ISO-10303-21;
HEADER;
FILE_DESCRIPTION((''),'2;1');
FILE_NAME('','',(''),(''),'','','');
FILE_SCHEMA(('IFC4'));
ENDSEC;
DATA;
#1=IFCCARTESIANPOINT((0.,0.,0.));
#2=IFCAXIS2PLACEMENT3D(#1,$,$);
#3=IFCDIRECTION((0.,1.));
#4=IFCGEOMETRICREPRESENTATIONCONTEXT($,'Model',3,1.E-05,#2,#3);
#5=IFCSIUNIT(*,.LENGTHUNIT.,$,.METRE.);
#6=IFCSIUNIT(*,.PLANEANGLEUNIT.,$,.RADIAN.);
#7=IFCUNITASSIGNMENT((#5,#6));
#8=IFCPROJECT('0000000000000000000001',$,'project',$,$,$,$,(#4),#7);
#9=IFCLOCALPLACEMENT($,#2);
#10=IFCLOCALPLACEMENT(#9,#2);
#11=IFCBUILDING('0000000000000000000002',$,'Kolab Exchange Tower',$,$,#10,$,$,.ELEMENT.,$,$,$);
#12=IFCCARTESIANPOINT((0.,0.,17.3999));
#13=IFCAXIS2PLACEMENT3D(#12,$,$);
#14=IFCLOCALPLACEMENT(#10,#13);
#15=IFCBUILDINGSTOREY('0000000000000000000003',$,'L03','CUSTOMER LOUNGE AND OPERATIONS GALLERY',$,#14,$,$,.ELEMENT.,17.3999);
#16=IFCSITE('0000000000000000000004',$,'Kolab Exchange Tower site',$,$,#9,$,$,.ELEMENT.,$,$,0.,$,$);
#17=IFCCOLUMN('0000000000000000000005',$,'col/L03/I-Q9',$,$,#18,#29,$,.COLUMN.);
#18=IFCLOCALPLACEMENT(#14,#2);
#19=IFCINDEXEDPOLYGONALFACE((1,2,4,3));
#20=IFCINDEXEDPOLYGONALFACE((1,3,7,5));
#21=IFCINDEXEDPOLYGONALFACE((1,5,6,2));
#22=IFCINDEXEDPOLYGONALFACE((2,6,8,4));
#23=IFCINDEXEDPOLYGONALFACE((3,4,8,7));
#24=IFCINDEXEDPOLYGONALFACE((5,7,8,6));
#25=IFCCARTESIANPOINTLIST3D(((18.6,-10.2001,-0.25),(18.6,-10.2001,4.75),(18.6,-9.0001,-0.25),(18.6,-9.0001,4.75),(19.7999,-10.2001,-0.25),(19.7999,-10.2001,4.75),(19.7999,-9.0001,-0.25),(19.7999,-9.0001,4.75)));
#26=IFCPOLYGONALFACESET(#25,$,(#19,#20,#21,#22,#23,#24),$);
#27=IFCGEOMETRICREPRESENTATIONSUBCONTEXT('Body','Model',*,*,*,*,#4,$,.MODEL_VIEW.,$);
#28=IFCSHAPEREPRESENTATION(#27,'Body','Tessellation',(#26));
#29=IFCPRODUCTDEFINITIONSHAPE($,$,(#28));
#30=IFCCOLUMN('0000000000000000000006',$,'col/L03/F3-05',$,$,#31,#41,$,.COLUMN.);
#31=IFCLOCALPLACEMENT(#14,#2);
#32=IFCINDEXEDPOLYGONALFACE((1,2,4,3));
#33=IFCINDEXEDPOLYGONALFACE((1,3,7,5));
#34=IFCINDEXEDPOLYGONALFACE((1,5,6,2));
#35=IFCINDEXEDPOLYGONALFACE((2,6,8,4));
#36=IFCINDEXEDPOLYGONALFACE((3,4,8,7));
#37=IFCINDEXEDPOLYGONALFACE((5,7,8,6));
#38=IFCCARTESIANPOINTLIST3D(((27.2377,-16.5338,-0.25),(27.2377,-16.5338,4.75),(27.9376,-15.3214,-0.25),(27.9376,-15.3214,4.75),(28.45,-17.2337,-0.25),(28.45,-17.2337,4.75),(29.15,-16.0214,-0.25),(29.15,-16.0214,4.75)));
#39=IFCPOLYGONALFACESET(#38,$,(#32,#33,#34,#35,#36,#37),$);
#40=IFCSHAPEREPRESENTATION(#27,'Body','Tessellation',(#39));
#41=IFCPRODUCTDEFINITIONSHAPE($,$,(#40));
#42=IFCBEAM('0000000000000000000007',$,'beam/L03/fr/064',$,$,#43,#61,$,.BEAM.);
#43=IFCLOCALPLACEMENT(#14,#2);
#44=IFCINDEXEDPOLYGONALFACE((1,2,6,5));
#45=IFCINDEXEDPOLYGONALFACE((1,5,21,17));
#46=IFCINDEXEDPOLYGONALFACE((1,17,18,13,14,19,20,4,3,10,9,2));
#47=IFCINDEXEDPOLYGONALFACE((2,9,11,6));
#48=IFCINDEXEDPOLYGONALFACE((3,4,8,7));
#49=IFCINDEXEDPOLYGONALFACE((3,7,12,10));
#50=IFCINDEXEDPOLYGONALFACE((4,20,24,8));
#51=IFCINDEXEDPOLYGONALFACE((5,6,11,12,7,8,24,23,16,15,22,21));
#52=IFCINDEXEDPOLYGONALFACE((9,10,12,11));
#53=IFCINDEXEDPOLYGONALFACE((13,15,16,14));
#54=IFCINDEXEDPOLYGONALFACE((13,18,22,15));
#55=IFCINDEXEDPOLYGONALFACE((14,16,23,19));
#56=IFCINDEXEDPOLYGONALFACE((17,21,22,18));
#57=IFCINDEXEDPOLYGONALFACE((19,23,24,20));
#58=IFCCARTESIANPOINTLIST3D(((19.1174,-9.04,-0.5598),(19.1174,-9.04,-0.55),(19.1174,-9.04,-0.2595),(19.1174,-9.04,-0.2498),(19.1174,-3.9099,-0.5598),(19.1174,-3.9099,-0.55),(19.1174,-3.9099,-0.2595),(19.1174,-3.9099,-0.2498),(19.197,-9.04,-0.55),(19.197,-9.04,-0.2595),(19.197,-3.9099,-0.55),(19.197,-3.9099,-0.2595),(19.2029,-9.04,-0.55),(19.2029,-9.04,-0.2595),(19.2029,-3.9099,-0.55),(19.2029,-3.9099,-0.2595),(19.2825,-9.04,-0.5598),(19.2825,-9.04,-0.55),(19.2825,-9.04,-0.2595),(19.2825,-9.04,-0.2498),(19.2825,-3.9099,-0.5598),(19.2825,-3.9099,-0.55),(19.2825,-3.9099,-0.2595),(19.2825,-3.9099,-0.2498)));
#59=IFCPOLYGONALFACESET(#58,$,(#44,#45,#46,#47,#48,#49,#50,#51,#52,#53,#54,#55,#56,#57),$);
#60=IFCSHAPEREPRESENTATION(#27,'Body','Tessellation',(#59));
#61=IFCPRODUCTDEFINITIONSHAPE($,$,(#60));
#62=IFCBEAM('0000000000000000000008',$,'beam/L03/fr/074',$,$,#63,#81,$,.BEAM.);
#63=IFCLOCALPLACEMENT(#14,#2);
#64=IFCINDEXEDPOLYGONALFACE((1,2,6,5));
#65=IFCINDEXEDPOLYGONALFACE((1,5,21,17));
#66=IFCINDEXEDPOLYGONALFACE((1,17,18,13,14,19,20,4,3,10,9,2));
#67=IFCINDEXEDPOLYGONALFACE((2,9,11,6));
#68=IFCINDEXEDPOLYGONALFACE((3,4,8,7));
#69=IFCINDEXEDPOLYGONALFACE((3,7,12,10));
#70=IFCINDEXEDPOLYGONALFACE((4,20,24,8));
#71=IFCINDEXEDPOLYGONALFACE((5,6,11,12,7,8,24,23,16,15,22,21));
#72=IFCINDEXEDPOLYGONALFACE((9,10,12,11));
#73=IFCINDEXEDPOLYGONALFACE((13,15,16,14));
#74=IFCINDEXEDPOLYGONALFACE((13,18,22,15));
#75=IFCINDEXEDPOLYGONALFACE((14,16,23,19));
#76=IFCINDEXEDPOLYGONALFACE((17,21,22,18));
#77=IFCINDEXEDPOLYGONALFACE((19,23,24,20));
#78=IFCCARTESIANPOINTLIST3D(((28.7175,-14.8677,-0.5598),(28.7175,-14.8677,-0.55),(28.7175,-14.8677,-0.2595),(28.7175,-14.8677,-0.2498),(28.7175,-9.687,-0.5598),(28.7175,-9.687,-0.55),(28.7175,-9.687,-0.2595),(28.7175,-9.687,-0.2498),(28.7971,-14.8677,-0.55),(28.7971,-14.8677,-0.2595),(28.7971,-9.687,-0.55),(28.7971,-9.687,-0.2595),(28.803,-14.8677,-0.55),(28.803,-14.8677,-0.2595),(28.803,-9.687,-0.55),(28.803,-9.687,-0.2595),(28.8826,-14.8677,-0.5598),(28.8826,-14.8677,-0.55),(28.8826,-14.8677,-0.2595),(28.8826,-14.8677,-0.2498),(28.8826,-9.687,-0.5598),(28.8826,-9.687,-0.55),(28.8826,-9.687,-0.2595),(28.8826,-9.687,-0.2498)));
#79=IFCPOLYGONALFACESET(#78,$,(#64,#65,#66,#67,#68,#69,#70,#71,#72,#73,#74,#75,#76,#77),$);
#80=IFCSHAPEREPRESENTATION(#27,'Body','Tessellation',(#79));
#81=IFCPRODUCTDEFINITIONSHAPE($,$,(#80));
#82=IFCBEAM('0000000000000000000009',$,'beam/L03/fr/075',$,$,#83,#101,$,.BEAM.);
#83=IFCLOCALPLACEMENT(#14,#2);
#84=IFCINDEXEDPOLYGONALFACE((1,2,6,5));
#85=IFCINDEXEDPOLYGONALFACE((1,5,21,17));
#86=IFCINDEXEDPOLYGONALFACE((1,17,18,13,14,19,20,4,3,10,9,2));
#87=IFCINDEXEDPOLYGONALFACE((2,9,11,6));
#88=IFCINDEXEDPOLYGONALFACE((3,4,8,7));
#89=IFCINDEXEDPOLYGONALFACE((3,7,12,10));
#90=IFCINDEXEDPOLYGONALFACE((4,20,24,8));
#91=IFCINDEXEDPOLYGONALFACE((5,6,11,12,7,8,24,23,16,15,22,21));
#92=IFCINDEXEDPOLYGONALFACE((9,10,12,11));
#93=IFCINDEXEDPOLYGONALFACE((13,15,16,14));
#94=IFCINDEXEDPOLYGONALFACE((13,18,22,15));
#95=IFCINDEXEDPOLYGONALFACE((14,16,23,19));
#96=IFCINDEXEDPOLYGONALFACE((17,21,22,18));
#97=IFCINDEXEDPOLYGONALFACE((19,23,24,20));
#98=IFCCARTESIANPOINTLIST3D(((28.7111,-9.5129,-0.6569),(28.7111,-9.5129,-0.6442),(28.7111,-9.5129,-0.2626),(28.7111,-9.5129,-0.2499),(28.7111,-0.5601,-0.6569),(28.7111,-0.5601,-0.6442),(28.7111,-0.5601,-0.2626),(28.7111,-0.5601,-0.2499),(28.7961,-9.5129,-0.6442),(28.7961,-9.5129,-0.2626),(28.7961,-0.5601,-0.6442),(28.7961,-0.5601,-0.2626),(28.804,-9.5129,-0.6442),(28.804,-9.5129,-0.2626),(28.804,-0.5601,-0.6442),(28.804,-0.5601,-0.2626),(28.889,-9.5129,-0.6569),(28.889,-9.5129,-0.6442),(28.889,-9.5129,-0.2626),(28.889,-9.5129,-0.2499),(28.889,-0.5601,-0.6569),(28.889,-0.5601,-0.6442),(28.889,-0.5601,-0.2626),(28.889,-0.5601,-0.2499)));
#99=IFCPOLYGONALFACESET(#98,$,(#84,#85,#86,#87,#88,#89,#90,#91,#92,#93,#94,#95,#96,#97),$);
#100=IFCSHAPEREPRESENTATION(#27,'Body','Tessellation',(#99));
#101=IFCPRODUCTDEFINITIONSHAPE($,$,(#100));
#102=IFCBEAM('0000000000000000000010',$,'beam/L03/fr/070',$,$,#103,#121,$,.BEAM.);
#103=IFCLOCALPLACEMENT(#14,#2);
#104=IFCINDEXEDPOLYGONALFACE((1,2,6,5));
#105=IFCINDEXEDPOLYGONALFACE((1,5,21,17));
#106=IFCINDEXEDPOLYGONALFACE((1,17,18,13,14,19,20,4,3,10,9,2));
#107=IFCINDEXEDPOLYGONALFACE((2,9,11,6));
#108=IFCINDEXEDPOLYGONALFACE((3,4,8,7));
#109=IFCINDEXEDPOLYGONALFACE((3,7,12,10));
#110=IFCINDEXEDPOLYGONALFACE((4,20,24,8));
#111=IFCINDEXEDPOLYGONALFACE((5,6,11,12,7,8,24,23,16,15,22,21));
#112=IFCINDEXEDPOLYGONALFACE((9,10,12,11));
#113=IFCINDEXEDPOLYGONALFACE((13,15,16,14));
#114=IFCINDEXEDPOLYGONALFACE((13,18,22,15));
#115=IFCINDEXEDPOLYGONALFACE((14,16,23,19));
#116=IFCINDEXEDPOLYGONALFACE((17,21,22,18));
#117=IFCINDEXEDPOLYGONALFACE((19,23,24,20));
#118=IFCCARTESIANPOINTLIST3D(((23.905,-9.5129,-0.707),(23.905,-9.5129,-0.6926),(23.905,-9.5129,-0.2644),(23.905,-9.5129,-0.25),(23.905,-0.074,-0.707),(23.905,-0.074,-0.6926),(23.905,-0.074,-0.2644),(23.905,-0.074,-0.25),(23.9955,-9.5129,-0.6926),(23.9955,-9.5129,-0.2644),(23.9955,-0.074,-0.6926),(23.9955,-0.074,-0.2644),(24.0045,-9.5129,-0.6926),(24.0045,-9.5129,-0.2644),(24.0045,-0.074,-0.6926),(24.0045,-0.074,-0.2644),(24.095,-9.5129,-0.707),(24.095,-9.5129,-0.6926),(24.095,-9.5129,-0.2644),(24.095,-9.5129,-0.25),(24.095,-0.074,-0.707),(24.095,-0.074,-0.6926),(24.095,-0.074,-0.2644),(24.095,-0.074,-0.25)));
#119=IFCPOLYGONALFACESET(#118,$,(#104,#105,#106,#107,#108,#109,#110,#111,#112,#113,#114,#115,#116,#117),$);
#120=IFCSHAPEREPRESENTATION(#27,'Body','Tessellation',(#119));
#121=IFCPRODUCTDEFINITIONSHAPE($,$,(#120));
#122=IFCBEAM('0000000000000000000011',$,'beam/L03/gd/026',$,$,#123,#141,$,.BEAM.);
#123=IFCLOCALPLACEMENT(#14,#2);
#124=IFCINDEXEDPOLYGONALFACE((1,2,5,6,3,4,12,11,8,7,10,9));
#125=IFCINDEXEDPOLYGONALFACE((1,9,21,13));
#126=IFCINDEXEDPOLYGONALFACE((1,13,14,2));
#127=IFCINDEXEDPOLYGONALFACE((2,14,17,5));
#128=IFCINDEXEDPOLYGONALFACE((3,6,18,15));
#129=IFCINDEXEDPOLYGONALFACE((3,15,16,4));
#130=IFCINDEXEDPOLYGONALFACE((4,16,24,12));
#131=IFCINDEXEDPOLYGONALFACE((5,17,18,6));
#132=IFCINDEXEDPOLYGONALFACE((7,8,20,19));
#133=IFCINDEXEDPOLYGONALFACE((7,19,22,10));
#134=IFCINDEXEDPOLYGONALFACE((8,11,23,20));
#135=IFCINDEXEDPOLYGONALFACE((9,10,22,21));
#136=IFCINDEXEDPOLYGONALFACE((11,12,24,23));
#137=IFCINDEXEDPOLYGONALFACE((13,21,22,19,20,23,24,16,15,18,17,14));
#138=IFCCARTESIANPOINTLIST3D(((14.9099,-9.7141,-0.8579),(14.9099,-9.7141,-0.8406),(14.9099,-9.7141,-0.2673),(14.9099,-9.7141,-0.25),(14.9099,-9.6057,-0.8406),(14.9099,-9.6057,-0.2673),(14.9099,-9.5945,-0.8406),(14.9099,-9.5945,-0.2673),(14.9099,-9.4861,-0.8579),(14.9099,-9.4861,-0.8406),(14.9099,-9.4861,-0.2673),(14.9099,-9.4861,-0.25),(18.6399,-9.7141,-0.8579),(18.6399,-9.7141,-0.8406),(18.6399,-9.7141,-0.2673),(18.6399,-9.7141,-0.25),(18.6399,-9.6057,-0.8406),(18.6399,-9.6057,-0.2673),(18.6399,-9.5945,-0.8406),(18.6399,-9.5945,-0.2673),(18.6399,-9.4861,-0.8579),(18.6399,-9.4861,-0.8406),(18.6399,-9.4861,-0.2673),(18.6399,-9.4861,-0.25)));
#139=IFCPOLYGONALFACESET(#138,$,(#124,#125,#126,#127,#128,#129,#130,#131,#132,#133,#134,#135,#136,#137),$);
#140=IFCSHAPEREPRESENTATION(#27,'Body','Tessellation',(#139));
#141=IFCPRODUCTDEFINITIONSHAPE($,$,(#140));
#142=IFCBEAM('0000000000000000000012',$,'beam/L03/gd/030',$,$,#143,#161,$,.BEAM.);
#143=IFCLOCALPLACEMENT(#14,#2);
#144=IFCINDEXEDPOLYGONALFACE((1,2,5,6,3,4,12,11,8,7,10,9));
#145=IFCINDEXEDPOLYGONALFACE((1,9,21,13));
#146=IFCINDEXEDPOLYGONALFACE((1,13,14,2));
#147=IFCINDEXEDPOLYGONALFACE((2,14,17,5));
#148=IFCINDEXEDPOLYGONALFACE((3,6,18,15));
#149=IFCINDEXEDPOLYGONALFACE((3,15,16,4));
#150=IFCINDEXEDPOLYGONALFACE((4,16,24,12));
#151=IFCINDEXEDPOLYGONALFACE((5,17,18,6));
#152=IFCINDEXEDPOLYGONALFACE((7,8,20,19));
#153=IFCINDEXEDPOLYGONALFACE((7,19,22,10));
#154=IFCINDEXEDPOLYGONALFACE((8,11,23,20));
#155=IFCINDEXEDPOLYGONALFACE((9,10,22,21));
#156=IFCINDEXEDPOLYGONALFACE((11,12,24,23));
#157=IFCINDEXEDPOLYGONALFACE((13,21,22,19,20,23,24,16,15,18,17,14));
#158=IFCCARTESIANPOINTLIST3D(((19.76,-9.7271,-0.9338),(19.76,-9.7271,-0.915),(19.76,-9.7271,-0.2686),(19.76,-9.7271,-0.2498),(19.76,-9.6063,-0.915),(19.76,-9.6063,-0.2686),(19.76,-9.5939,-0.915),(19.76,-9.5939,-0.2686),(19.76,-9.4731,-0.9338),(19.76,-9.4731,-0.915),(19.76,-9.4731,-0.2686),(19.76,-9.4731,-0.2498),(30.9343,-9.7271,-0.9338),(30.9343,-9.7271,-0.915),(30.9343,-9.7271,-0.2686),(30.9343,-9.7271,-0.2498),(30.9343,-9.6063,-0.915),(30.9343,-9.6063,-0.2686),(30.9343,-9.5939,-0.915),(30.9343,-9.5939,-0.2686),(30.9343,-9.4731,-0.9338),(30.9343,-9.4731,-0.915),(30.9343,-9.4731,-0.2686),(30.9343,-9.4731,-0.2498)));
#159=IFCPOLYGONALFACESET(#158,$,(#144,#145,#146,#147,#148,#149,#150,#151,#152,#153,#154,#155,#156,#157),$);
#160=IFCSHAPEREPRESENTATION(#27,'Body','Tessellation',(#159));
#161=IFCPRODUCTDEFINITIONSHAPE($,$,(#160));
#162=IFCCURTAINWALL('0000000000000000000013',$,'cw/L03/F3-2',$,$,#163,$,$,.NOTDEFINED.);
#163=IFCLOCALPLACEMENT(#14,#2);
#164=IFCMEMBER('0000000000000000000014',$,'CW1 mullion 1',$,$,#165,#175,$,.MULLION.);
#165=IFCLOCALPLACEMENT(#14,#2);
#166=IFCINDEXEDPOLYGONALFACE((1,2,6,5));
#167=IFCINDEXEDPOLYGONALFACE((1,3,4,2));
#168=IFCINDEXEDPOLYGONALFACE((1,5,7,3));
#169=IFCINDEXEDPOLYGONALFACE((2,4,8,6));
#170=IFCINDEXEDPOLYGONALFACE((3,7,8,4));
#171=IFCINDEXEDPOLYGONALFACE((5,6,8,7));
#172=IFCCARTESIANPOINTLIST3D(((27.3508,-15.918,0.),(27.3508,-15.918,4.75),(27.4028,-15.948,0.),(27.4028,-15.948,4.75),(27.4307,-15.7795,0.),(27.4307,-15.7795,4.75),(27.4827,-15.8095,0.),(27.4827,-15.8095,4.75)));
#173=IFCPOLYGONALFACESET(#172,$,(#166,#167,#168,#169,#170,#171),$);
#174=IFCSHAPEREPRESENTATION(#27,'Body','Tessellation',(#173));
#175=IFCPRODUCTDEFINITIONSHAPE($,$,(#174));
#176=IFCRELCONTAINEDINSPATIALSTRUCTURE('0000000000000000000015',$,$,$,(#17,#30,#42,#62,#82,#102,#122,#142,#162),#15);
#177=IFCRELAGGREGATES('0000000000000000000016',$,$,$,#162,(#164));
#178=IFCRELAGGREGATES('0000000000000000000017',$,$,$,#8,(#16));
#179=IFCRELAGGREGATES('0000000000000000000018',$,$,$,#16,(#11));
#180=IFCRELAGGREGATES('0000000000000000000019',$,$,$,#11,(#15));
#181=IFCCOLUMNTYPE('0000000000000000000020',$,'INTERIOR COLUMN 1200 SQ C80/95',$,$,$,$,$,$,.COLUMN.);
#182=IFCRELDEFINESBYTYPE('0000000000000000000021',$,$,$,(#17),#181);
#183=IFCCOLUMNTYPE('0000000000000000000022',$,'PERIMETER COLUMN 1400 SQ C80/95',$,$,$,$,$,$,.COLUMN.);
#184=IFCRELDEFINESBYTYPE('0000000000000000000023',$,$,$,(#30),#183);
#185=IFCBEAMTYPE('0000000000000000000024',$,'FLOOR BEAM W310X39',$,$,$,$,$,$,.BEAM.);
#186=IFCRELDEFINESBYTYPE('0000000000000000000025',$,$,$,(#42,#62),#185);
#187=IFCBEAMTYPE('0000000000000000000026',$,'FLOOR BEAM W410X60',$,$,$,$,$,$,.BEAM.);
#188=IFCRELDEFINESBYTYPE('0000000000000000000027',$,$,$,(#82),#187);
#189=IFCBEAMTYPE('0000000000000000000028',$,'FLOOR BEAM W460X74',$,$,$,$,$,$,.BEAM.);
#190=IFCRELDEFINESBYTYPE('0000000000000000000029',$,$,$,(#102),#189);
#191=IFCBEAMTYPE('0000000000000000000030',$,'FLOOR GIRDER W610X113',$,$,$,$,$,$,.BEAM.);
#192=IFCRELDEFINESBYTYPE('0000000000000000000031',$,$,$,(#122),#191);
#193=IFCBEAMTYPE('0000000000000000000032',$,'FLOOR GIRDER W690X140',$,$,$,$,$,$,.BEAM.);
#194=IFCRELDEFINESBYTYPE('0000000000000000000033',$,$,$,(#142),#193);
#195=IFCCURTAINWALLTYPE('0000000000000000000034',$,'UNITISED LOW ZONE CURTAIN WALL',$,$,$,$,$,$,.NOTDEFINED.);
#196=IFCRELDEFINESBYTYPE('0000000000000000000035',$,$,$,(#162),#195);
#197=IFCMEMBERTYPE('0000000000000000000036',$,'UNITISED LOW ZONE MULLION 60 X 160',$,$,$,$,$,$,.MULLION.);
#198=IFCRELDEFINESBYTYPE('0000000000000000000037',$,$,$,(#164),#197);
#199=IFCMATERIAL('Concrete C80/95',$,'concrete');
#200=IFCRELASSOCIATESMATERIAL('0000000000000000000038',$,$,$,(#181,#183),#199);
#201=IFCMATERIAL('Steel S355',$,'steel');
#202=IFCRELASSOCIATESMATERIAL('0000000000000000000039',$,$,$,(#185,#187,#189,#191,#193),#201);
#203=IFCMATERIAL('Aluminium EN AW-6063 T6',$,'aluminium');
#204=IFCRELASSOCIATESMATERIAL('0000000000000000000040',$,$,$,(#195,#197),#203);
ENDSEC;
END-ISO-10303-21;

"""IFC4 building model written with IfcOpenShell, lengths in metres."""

from ifc_helpers import new_model, si_unit, direction, frame, origin, origin_2d, place, context, subcontext, project, spatial, rectangle, i_section, extrude, material, material_profile, profile_set, type_object, element, aggregate, save


model = new_model("IFC4")

# Units and contexts
model_context = context("Model", 3, precision=1e-05, world=origin(), true_north=direction((0.0, 1.0)))
body_context = subcontext(model_context, "Body", "Model", "MODEL_VIEW")
ifc_project = project(units=[si_unit("LENGTHUNIT", "METRE"), si_unit("PLANEANGLEUNIT", "RADIAN")], contexts=[model_context])

# Site, building, storey
site_placement = place(None, origin())
site = spatial("IfcSite", under=ifc_project, at=site_placement, Name="Kolab Exchange Tower site", CompositionType="ELEMENT", RefElevation=0.0)
building_placement = place(site_placement, origin())
building = spatial("IfcBuilding", under=site, at=building_placement, Name="Kolab Exchange Tower", CompositionType="ELEMENT")
storey_placement = place(building_placement, frame((0.0, 0.0, 17.3999)))
storey = spatial("IfcBuildingStorey", under=building, at=storey_placement, Name="L03", Description="CUSTOMER LOUNGE AND OPERATIONS GALLERY", CompositionType="ELEMENT", Elevation=17.3999)

# Columns
ifc_material_1 = material(Name="Concrete C80/95", Category="concrete")
ifc_material_profile_1 = material_profile(ifc_material_1, rectangle(XDim=1.2, YDim=1.2, at=origin_2d()), Name="RC1200")
ifc_profile_set_1 = profile_set([ifc_material_profile_1], Name="Concrete C80/95")
column_type_1 = type_object("IfcColumnType", Name="INTERIOR COLUMN 1200 SQ C80/95", PredefinedType="COLUMN", material=ifc_profile_set_1)
column_1_placement = place(storey_placement, frame((19.2, -9.6001, -0.25), z_axis=(0.0, 0.0, 1.0), x_axis=(1.0, 0.0, 0.0)))
element("IfcColumn", 1, at=column_1_placement, inside=storey, type_object=column_type_1, Name="col/L03/I-Q9", PredefinedType="COLUMN", context=body_context, shape_type="SweptSolid", body=[
    extrude(rectangle(XDim=1.2, YDim=1.2, at=origin_2d()), origin(), (0.0, 0.0, 1.0), 5.0),
])
ifc_material_profile_2 = material_profile(ifc_material_1, rectangle(XDim=1.3999, YDim=1.3999, at=origin_2d()), Name="RC1400")
ifc_profile_set_2 = profile_set([ifc_material_profile_2], Name="Concrete C80/95")
column_type_2 = type_object("IfcColumnType", Name="PERIMETER COLUMN 1400 SQ C80/95", PredefinedType="COLUMN", material=ifc_profile_set_2)
column_2_placement = place(storey_placement, frame((28.1938, -16.2776, -0.25), z_axis=(0.0, 0.0, 1.0), x_axis=(0.5, 0.866025, 0.0)))
element("IfcColumn", 2, at=column_2_placement, inside=storey, type_object=column_type_2, Name="col/L03/F3-05", PredefinedType="COLUMN", context=body_context, shape_type="SweptSolid", body=[
    extrude(rectangle(XDim=1.3999, YDim=1.3999, at=origin_2d()), origin(), (0.0, 0.0, 1.0), 5.0),
])

# Beams
ifc_material_2 = material(Name="Steel S355", Category="steel")
ifc_material_profile_3 = material_profile(ifc_material_2, i_section(OverallWidth=0.165, OverallDepth=0.3101, WebThickness=0.0059, FlangeThickness=0.0098, at=origin_2d()), Name="W310X39")
ifc_profile_set_3 = profile_set([ifc_material_profile_3], Name="Steel S355")
beam_type_1 = type_object("IfcBeamType", Name="FLOOR BEAM W310X39", PredefinedType="BEAM", material=ifc_profile_set_3)
beam_1_placement = place(storey_placement, frame((19.2, -9.04, -0.4048), z_axis=(0.0, 1.0, 0.0), x_axis=(-1.0, 0.0, 0.0)))
element("IfcBeam", 3, at=beam_1_placement, inside=storey, type_object=beam_type_1, Name="beam/L03/fr/064", PredefinedType="BEAM", context=body_context, shape_type="SweptSolid", body=[
    extrude(i_section(OverallWidth=0.165, OverallDepth=0.3101, WebThickness=0.0059, FlangeThickness=0.0098, at=origin_2d()), origin(), (0.0, 0.0, 1.0), 5.1301),
])
beam_2_placement = place(storey_placement, frame((28.8, -14.8677, -0.4048), z_axis=(0.0, 1.0, 0.0), x_axis=(-1.0, 0.0, 0.0)))
element("IfcBeam", 4, at=beam_2_placement, inside=storey, type_object=beam_type_1, Name="beam/L03/fr/074", PredefinedType="BEAM", context=body_context, shape_type="SweptSolid", body=[
    extrude(i_section(OverallWidth=0.165, OverallDepth=0.3101, WebThickness=0.0059, FlangeThickness=0.0098, at=origin_2d()), origin(), (0.0, 0.0, 1.0), 5.1807),
])
ifc_material_profile_4 = material_profile(ifc_material_2, i_section(OverallWidth=0.178, OverallDepth=0.407, WebThickness=0.0078, FlangeThickness=0.0127, at=origin_2d()), Name="W410X60")
ifc_profile_set_4 = profile_set([ifc_material_profile_4], Name="Steel S355")
beam_type_2 = type_object("IfcBeamType", Name="FLOOR BEAM W410X60", PredefinedType="BEAM", material=ifc_profile_set_4)
beam_3_placement = place(storey_placement, frame((28.8, -9.5129, -0.4534), z_axis=(0.0, 1.0, 0.0), x_axis=(-1.0, 0.0, 0.0)))
element("IfcBeam", 5, at=beam_3_placement, inside=storey, type_object=beam_type_2, Name="beam/L03/fr/075", PredefinedType="BEAM", context=body_context, shape_type="SweptSolid", body=[
    extrude(i_section(OverallWidth=0.178, OverallDepth=0.407, WebThickness=0.0078, FlangeThickness=0.0127, at=origin_2d()), origin(), (0.0, 0.0, 1.0), 8.9529),
])
ifc_material_profile_5 = material_profile(ifc_material_2, i_section(OverallWidth=0.1899, OverallDepth=0.457, WebThickness=0.009, FlangeThickness=0.0144, at=origin_2d()), Name="W460X74")
ifc_profile_set_5 = profile_set([ifc_material_profile_5], Name="Steel S355")
beam_type_3 = type_object("IfcBeamType", Name="FLOOR BEAM W460X74", PredefinedType="BEAM", material=ifc_profile_set_5)
beam_4_placement = place(storey_placement, frame((24.0, -9.5129, -0.4785), z_axis=(0.0, 1.0, 0.0), x_axis=(-1.0, 0.0, 0.0)))
element("IfcBeam", 6, at=beam_4_placement, inside=storey, type_object=beam_type_3, Name="beam/L03/fr/070", PredefinedType="BEAM", context=body_context, shape_type="SweptSolid", body=[
    extrude(i_section(OverallWidth=0.1899, OverallDepth=0.457, WebThickness=0.009, FlangeThickness=0.0144, at=origin_2d()), origin(), (0.0, 0.0, 1.0), 9.439),
])
ifc_material_profile_6 = material_profile(ifc_material_2, i_section(OverallWidth=0.228, OverallDepth=0.6079, WebThickness=0.0112, FlangeThickness=0.0173, at=origin_2d()), Name="W610X113")
ifc_profile_set_6 = profile_set([ifc_material_profile_6], Name="Steel S355")
beam_type_4 = type_object("IfcBeamType", Name="FLOOR GIRDER W610X113", PredefinedType="BEAM", material=ifc_profile_set_6)
beam_5_placement = place(storey_placement, frame((14.9099, -9.6001, -0.554), z_axis=(1.0, 0.0, 0.0), x_axis=(0.0, 1.0, 0.0)))
element("IfcBeam", 7, at=beam_5_placement, inside=storey, type_object=beam_type_4, Name="beam/L03/gd/026", PredefinedType="BEAM", context=body_context, shape_type="SweptSolid", body=[
    extrude(i_section(OverallWidth=0.228, OverallDepth=0.6079, WebThickness=0.0112, FlangeThickness=0.0173, at=origin_2d()), origin(), (0.0, 0.0, 1.0), 3.73),
])
ifc_material_profile_7 = material_profile(ifc_material_2, i_section(OverallWidth=0.2539, OverallDepth=0.6841, WebThickness=0.0125, FlangeThickness=0.0188, at=origin_2d()), Name="W690X140")
ifc_profile_set_7 = profile_set([ifc_material_profile_7], Name="Steel S355")
beam_type_5 = type_object("IfcBeamType", Name="FLOOR GIRDER W690X140", PredefinedType="BEAM", material=ifc_profile_set_7)
beam_6_placement = place(storey_placement, frame((19.76, -9.6001, -0.5918), z_axis=(1.0, 0.0, 0.0), x_axis=(0.0, 1.0, 0.0)))
element("IfcBeam", 8, at=beam_6_placement, inside=storey, type_object=beam_type_5, Name="beam/L03/gd/030", PredefinedType="BEAM", context=body_context, shape_type="SweptSolid", body=[
    extrude(i_section(OverallWidth=0.2539, OverallDepth=0.6841, WebThickness=0.0125, FlangeThickness=0.0188, at=origin_2d()), origin(), (0.0, 0.0, 1.0), 11.1743),
])

# Curtain wall, member
ifc_material_3 = material(Name="Aluminium EN AW-6063 T6", Category="aluminium")
curtain_wall_type = type_object("IfcCurtainWallType", Name="UNITISED LOW ZONE CURTAIN WALL", PredefinedType="NOTDEFINED", material=ifc_material_3)
curtain_wall_placement = place(storey_placement, origin())
curtain_wall = element("IfcCurtainWall", 9, at=curtain_wall_placement, inside=storey, type_object=curtain_wall_type, Name="cw/L03/F3-2", PredefinedType="NOTDEFINED")
ifc_material_profile_8 = material_profile(ifc_material_3, rectangle(XDim=0.0601, YDim=0.1599, at=origin_2d()), Name="RECT 60X160")
ifc_profile_set_8 = profile_set([ifc_material_profile_8], Name="Aluminium EN AW-6063 T6")
member_type_1 = type_object("IfcMemberType", Name="UNITISED LOW ZONE MULLION 60 X 160", PredefinedType="MULLION", material=ifc_profile_set_8)
member_1_placement = place(storey_placement, frame((27.4167, -15.8638, 0.0), z_axis=(0.0, 0.0, 1.0), x_axis=(0.866025, -0.5, 0.0)))
member_1 = element("IfcMember", 10, at=member_1_placement, type_object=member_type_1, Name="CW1 mullion 1", PredefinedType="MULLION", context=body_context, shape_type="SweptSolid", body=[
    extrude(rectangle(XDim=0.0601, YDim=0.1599, at=origin_2d()), origin(), (0.0, 0.0, 1.0), 4.75),
])
aggregate(curtain_wall, [member_1])

save(model, "model.ifc")
